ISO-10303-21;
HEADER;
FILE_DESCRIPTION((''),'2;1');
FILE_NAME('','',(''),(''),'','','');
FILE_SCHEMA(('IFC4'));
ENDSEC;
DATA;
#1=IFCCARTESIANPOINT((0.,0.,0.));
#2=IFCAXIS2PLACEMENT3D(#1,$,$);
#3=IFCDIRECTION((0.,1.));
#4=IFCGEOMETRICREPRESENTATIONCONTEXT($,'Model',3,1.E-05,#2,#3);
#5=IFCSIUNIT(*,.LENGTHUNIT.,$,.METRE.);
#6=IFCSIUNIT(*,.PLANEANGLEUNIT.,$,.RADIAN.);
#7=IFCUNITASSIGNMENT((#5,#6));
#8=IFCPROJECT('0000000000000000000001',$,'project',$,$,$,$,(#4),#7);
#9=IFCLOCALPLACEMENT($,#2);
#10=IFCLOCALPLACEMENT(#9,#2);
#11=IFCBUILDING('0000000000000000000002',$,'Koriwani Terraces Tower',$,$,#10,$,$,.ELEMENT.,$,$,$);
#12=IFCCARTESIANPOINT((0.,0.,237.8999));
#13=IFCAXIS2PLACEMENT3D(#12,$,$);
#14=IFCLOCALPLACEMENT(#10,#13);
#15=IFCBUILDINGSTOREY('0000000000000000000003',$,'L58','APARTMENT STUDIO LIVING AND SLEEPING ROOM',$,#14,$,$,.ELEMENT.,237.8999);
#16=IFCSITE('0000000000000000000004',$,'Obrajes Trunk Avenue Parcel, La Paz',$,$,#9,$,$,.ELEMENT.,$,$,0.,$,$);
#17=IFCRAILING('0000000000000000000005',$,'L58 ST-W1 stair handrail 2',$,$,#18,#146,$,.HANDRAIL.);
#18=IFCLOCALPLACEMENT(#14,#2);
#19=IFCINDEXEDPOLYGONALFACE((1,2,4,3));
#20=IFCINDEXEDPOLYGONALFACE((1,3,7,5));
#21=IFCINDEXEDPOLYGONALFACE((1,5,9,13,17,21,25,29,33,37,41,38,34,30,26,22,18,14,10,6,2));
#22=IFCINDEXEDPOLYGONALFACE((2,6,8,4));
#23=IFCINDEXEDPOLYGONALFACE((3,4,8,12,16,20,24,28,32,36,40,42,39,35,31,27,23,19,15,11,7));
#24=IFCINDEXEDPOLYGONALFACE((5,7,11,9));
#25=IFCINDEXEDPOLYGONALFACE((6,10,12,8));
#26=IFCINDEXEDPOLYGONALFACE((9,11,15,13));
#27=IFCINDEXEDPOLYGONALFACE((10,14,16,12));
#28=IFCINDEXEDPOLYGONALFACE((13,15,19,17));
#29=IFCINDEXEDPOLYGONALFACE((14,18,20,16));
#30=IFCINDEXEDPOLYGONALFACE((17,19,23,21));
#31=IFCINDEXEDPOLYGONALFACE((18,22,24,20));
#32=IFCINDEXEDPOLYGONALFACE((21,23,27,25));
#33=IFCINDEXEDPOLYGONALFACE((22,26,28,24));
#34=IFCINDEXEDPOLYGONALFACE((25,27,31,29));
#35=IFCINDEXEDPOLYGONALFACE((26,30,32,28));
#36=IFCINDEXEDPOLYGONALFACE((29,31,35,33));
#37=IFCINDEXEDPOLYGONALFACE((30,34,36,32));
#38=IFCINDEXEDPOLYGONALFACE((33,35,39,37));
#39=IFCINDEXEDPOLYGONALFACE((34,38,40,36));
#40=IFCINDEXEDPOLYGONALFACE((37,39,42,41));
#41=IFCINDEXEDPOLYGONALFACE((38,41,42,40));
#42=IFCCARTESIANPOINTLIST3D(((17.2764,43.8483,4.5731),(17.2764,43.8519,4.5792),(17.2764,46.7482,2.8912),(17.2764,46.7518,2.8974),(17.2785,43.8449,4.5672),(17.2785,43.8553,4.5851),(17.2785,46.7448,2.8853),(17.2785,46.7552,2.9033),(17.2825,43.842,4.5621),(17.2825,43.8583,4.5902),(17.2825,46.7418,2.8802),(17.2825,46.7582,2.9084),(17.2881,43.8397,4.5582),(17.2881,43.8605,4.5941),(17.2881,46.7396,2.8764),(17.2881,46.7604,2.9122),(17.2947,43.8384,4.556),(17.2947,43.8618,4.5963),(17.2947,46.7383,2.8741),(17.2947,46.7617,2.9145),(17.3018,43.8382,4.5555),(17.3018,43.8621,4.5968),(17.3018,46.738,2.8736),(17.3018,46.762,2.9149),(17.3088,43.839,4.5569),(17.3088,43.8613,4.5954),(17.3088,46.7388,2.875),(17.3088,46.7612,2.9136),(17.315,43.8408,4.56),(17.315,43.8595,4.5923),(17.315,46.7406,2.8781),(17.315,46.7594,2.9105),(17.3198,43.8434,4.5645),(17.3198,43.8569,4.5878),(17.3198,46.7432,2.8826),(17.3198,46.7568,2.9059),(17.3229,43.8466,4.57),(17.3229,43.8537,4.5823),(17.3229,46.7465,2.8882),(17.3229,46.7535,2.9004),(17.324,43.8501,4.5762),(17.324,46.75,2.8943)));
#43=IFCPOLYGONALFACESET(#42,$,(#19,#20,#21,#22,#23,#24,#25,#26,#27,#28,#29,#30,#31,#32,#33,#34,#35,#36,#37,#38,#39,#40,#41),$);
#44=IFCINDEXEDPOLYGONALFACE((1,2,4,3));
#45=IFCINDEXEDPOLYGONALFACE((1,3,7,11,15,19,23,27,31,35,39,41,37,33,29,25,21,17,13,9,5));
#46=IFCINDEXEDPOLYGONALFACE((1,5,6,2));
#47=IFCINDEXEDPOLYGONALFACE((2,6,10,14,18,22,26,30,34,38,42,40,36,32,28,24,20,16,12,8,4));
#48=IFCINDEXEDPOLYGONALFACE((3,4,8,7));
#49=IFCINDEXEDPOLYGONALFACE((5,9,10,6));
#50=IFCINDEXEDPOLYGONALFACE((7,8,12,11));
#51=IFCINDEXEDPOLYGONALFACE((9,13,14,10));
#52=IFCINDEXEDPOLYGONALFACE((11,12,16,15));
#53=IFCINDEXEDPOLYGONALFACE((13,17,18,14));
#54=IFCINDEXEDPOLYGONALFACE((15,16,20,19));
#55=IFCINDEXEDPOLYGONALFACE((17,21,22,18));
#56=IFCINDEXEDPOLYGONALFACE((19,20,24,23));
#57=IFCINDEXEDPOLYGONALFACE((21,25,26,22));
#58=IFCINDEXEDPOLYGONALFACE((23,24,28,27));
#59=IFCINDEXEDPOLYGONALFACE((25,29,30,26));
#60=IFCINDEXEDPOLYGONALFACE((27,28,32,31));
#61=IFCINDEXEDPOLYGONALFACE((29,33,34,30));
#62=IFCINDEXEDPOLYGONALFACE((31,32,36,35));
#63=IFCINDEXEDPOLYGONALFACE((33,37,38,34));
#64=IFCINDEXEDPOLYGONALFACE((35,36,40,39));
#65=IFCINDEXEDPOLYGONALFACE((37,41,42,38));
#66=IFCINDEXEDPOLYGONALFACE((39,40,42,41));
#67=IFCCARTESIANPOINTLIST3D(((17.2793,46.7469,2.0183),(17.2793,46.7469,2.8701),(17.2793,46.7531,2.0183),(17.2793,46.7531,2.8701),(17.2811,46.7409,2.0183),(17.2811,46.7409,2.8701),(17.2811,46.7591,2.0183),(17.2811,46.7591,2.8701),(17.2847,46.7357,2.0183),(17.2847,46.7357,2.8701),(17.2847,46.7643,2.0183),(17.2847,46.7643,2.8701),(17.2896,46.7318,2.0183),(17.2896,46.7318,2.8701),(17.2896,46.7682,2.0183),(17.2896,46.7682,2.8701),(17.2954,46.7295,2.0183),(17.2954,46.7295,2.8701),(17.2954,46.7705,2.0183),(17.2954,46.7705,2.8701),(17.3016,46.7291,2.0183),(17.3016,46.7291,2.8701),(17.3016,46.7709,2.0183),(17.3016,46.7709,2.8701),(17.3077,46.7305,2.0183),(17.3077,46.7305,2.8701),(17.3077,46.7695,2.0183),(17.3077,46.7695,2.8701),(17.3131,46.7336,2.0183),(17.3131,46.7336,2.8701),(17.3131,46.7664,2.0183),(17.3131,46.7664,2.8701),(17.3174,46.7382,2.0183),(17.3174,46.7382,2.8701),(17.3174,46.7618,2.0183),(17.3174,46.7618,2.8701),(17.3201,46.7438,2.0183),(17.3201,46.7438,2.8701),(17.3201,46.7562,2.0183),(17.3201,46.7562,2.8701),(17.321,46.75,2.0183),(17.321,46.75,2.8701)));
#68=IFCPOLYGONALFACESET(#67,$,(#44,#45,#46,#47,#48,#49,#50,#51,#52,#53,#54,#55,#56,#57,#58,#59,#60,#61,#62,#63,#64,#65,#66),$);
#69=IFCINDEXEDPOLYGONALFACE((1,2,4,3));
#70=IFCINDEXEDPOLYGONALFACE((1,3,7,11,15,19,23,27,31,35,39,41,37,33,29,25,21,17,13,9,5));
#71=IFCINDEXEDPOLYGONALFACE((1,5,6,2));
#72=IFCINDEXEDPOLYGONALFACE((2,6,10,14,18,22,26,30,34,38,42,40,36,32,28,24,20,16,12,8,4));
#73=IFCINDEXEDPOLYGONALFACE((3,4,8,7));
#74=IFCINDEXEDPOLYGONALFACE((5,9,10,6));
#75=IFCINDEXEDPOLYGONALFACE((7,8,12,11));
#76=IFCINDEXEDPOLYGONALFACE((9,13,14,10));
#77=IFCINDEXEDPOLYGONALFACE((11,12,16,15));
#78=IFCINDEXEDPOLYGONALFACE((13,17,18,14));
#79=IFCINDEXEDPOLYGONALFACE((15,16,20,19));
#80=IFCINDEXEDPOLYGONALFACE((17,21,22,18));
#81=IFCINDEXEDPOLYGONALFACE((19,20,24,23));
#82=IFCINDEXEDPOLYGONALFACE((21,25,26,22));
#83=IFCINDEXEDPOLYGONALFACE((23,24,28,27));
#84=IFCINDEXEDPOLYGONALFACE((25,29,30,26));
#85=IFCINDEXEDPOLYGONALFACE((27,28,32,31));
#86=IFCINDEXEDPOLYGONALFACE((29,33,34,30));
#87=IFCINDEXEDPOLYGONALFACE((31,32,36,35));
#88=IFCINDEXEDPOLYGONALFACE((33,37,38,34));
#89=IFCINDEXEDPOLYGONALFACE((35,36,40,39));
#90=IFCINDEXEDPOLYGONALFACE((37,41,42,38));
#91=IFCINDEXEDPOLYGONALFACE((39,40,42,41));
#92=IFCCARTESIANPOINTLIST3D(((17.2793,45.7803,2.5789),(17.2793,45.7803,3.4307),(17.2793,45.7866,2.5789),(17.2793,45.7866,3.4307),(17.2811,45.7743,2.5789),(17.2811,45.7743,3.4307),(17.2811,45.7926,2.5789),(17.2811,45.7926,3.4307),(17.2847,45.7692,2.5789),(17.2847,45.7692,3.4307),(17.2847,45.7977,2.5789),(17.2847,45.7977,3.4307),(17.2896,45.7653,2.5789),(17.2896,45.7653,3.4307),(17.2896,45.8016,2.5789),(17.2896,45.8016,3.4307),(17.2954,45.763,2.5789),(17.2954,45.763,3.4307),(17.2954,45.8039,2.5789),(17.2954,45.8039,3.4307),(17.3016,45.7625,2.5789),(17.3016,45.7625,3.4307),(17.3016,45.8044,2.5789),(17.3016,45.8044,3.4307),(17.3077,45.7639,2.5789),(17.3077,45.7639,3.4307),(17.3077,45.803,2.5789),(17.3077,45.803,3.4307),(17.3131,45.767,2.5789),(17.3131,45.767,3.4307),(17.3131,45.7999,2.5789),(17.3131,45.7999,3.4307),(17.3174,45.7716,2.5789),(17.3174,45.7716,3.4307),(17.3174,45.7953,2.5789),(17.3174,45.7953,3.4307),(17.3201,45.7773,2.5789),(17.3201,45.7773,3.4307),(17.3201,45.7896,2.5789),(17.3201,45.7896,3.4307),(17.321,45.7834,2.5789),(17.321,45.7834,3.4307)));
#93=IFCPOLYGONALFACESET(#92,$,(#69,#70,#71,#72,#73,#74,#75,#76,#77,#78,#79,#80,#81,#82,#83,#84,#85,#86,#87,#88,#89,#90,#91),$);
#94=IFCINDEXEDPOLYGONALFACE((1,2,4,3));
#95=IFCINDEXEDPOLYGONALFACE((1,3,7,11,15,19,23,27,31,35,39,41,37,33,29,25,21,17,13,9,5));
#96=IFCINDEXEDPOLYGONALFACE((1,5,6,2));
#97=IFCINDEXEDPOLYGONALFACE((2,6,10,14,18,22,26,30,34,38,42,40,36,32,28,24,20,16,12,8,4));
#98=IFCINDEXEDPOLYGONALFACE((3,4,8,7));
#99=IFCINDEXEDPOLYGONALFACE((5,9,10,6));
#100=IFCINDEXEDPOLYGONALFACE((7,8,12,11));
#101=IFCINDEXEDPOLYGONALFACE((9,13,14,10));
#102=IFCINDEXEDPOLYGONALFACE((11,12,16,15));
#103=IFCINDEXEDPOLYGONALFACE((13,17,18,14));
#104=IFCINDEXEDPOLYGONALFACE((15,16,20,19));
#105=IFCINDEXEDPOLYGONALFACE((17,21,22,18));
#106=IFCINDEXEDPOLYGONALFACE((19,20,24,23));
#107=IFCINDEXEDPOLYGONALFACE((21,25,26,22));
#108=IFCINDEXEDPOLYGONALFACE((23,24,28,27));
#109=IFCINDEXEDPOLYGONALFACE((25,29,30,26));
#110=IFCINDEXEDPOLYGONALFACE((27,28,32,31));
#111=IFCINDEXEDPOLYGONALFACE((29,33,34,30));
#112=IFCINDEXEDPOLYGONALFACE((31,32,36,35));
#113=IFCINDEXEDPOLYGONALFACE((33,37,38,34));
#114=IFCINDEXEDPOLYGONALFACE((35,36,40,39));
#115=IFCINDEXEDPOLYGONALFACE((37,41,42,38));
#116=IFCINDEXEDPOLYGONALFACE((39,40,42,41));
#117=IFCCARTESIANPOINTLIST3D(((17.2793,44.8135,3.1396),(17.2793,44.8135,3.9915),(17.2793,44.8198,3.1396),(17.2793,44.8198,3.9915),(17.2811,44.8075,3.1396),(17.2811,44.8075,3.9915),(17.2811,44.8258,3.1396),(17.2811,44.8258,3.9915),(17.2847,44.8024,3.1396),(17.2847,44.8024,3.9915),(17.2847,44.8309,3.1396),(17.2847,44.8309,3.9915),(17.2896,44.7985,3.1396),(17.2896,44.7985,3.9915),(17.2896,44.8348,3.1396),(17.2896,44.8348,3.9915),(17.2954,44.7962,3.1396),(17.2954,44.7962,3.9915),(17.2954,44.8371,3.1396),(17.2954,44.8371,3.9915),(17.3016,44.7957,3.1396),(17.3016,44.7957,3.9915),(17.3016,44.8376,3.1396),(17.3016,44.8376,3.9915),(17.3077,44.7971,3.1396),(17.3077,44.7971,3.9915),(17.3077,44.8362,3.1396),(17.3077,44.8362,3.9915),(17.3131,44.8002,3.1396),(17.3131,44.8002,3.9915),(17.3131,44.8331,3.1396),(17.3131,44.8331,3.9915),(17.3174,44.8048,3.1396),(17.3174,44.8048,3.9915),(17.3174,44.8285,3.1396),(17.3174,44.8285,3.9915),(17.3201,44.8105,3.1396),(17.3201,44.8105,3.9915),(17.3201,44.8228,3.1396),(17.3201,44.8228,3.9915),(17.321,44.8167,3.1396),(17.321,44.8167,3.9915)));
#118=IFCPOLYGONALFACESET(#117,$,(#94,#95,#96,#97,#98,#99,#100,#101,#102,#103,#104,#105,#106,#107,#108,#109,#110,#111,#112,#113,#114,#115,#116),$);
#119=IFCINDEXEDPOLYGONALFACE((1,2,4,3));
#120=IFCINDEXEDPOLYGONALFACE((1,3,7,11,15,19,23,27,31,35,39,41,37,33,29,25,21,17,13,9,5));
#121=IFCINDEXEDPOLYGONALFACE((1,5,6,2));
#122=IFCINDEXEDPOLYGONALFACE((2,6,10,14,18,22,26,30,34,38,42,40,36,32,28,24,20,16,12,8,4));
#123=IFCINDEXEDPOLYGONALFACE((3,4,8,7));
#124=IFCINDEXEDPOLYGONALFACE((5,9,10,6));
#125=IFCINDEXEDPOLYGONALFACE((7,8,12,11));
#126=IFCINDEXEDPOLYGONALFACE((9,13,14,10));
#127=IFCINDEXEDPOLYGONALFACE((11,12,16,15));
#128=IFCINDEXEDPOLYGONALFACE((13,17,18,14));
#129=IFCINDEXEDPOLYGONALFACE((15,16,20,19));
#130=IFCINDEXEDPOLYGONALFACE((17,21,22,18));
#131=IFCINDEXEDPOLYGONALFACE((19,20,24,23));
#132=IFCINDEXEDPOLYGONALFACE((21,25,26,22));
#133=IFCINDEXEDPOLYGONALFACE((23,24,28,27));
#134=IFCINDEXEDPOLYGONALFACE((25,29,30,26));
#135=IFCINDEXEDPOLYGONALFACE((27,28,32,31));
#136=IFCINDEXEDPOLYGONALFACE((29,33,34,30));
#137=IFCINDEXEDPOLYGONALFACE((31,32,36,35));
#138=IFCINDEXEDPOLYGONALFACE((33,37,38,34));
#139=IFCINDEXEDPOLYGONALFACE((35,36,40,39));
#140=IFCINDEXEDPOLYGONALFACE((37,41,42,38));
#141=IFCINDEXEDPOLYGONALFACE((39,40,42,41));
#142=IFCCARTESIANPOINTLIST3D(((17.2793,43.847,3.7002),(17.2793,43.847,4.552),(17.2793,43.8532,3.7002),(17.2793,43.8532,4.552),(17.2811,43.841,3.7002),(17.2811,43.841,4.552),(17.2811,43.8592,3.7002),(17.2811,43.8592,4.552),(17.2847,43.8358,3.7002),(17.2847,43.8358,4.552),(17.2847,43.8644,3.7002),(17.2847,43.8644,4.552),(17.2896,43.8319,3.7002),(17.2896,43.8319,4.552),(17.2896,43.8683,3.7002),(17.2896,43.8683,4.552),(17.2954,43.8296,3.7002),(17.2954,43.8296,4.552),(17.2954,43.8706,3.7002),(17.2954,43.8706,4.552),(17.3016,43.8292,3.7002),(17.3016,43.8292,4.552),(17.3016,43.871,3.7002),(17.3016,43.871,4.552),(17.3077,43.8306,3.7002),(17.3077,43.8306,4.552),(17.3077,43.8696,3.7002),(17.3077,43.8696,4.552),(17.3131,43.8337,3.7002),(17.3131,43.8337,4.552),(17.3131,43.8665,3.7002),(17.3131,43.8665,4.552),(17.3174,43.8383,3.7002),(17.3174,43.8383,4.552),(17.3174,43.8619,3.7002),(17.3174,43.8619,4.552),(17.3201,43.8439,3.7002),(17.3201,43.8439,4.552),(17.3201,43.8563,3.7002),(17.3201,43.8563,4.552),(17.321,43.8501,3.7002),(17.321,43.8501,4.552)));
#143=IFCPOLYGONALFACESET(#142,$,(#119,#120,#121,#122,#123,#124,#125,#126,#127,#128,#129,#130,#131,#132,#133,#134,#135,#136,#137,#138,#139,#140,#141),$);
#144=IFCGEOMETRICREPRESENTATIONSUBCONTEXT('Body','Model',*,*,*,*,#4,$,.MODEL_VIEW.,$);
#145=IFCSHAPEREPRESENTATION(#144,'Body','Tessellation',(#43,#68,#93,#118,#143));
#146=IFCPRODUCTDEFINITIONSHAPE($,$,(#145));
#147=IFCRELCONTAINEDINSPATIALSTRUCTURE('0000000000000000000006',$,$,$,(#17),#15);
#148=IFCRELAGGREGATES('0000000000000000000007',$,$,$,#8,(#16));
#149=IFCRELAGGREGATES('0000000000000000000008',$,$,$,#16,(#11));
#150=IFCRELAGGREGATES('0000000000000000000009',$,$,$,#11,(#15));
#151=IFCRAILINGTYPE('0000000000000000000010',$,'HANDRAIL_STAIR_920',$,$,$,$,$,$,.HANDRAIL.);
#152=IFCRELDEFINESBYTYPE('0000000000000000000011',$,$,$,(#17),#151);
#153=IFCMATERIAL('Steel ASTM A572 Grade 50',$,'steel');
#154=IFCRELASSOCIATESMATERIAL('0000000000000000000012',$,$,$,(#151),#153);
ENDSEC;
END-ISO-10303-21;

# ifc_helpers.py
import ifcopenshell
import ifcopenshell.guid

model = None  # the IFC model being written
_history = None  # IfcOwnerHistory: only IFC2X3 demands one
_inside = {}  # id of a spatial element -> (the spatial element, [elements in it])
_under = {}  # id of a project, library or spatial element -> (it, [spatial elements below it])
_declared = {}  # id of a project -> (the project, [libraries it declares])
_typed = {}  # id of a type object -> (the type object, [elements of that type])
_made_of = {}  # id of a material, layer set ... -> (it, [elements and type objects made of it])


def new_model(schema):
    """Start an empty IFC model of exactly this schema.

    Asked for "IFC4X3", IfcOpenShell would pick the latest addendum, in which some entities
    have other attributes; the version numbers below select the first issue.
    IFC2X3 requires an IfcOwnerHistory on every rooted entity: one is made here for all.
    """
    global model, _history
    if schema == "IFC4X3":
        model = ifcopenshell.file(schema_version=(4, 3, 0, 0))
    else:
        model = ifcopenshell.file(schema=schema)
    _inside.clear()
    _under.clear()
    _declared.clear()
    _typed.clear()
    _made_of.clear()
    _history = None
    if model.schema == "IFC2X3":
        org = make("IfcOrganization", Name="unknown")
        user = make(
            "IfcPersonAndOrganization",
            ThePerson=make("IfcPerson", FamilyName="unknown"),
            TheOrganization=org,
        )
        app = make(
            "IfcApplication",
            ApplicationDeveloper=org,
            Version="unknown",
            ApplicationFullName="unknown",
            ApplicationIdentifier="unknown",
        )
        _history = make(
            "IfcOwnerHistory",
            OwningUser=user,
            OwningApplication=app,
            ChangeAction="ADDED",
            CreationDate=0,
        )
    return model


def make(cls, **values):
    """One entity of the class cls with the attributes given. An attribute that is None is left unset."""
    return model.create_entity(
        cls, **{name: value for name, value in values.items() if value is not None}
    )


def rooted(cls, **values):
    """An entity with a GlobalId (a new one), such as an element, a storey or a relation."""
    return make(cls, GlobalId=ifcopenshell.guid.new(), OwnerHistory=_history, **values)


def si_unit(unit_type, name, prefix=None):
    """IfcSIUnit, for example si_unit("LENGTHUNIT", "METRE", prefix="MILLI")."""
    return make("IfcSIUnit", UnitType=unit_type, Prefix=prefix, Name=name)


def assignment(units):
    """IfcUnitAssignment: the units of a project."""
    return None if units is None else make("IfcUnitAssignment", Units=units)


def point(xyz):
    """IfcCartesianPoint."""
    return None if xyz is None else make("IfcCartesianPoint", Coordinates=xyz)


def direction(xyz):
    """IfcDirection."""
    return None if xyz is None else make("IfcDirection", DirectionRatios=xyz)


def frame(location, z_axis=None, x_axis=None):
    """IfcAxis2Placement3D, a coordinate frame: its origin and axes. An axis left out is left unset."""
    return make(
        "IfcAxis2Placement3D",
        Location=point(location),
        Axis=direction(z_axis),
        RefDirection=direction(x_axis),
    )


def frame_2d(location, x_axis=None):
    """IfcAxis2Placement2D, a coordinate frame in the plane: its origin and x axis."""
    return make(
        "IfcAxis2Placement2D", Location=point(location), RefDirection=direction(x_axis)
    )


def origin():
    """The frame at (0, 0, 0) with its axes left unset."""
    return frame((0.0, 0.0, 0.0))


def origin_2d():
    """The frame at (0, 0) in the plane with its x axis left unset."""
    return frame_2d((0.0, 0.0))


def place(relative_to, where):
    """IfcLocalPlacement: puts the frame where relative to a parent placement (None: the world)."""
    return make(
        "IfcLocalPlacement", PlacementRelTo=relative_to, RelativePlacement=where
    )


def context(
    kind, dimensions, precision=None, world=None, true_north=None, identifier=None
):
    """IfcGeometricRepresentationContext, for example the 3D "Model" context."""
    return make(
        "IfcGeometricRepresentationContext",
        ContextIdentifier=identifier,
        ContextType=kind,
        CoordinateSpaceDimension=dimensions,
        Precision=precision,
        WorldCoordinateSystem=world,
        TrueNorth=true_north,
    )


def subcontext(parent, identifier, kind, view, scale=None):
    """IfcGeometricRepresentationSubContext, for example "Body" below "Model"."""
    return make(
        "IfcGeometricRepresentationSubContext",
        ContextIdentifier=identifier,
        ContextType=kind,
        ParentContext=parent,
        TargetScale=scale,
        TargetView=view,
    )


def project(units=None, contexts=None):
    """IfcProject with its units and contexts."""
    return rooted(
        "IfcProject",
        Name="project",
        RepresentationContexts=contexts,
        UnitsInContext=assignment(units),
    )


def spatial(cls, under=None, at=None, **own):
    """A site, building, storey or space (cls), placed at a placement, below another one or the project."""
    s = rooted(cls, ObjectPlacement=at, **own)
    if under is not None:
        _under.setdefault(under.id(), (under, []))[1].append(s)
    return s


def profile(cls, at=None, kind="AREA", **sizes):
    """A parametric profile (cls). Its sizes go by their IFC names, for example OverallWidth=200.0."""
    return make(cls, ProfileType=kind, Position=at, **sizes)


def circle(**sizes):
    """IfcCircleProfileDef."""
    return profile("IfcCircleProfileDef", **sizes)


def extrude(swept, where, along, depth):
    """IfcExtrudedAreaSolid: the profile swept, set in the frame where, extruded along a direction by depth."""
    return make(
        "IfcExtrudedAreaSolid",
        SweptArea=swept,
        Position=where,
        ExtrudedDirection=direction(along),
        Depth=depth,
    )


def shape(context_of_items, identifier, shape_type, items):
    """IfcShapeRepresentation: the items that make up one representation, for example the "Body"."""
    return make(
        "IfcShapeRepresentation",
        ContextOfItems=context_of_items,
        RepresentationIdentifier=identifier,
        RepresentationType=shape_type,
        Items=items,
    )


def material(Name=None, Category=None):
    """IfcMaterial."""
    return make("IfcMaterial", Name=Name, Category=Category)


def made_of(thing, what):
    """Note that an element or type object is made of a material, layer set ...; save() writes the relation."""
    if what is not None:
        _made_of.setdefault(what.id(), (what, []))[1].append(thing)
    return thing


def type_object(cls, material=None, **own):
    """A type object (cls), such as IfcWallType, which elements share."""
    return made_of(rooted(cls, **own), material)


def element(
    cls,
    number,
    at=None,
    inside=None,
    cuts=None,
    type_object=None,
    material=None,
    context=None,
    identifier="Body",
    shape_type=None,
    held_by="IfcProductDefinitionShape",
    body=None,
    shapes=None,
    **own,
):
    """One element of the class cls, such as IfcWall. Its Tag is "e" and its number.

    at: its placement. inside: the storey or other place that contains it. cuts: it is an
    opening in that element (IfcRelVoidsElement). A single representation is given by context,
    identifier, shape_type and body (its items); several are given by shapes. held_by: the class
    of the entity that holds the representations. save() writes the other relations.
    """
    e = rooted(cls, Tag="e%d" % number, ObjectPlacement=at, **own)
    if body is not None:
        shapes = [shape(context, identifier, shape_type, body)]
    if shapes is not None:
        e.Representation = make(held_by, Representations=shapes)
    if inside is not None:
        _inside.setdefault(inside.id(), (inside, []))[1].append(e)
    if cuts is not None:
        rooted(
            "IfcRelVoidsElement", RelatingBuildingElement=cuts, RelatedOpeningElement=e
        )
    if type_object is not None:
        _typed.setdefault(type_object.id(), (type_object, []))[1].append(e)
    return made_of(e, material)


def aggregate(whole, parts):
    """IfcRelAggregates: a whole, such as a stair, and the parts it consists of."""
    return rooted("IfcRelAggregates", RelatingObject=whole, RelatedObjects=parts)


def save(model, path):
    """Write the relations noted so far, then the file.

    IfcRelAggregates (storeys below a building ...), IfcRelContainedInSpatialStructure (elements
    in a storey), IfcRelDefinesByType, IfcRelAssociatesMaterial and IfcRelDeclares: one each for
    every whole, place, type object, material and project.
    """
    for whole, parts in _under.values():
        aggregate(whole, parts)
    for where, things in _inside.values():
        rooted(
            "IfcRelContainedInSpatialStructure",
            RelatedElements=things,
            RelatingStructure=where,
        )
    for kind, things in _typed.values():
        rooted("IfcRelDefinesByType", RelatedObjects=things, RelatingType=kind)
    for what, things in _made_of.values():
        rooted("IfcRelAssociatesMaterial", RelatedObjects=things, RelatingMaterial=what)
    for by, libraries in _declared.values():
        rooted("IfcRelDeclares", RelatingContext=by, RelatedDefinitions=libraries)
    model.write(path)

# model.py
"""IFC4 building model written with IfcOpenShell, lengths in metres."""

from ifc_helpers import new_model, si_unit, direction, frame, origin, origin_2d, place, context, subcontext, project, spatial, circle, extrude, material, type_object, element, save


model = new_model("IFC4")

# Units and contexts
model_context = context("Model", 3, precision=1e-05, world=origin(), true_north=direction((0.0, 1.0)))
body_context = subcontext(model_context, "Body", "Model", "MODEL_VIEW")
ifc_project = project(units=[si_unit("LENGTHUNIT", "METRE"), si_unit("PLANEANGLEUNIT", "RADIAN")], contexts=[model_context])

# Site, building, storey
site_placement = place(None, origin())
site = spatial("IfcSite", under=ifc_project, at=site_placement, Name="Obrajes Trunk Avenue Parcel, La Paz", CompositionType="ELEMENT", RefElevation=0.0)
building_placement = place(site_placement, origin())
building = spatial("IfcBuilding", under=site, at=building_placement, Name="Koriwani Terraces Tower", CompositionType="ELEMENT")
storey_placement = place(building_placement, frame((0.0, 0.0, 237.8999)))
storey = spatial("IfcBuildingStorey", under=building, at=storey_placement, Name="L58", Description="APARTMENT STUDIO LIVING AND SLEEPING ROOM", CompositionType="ELEMENT", Elevation=237.8999)

# Shared definitions
ifc_material_1 = material(Name="Steel ASTM A572 Grade 50", Category="steel")

# Railing
railing_type_1 = type_object("IfcRailingType", Name="HANDRAIL_STAIR_920", PredefinedType="HANDRAIL", material=ifc_material_1)
railing_1_placement = place(storey_placement, frame((17.3, 46.75, 2.0183)))
element("IfcRailing", 1, at=railing_1_placement, inside=storey, type_object=railing_type_1, Name="L58 ST-W1 stair handrail 2", PredefinedType="HANDRAIL", context=body_context, shape_type="SweptSolid", body=[
    extrude(circle(Radius=0.0239, at=origin_2d()), frame((0.0, 0.0, 0.876), z_axis=(0.0, -0.865039, 0.501705), x_axis=(1.0, 0.0, 0.0)), (0.0, 0.0, 1.0), 3.3523),
    extrude(circle(Radius=0.021, at=origin_2d()), origin(), (0.0, 0.0, 1.0), 0.8518),
    extrude(circle(Radius=0.021, at=origin_2d()), frame((0.0, -0.9666, 0.5605)), (0.0, 0.0, 1.0), 0.8518),
    extrude(circle(Radius=0.021, at=origin_2d()), frame((0.0, -1.9333, 1.1213)), (0.0, 0.0, 1.0), 0.8518),
    extrude(circle(Radius=0.021, at=origin_2d()), frame((0.0, -2.8999, 1.6819)), (0.0, 0.0, 1.0), 0.8518),
])

save(model, "model.ifc")
